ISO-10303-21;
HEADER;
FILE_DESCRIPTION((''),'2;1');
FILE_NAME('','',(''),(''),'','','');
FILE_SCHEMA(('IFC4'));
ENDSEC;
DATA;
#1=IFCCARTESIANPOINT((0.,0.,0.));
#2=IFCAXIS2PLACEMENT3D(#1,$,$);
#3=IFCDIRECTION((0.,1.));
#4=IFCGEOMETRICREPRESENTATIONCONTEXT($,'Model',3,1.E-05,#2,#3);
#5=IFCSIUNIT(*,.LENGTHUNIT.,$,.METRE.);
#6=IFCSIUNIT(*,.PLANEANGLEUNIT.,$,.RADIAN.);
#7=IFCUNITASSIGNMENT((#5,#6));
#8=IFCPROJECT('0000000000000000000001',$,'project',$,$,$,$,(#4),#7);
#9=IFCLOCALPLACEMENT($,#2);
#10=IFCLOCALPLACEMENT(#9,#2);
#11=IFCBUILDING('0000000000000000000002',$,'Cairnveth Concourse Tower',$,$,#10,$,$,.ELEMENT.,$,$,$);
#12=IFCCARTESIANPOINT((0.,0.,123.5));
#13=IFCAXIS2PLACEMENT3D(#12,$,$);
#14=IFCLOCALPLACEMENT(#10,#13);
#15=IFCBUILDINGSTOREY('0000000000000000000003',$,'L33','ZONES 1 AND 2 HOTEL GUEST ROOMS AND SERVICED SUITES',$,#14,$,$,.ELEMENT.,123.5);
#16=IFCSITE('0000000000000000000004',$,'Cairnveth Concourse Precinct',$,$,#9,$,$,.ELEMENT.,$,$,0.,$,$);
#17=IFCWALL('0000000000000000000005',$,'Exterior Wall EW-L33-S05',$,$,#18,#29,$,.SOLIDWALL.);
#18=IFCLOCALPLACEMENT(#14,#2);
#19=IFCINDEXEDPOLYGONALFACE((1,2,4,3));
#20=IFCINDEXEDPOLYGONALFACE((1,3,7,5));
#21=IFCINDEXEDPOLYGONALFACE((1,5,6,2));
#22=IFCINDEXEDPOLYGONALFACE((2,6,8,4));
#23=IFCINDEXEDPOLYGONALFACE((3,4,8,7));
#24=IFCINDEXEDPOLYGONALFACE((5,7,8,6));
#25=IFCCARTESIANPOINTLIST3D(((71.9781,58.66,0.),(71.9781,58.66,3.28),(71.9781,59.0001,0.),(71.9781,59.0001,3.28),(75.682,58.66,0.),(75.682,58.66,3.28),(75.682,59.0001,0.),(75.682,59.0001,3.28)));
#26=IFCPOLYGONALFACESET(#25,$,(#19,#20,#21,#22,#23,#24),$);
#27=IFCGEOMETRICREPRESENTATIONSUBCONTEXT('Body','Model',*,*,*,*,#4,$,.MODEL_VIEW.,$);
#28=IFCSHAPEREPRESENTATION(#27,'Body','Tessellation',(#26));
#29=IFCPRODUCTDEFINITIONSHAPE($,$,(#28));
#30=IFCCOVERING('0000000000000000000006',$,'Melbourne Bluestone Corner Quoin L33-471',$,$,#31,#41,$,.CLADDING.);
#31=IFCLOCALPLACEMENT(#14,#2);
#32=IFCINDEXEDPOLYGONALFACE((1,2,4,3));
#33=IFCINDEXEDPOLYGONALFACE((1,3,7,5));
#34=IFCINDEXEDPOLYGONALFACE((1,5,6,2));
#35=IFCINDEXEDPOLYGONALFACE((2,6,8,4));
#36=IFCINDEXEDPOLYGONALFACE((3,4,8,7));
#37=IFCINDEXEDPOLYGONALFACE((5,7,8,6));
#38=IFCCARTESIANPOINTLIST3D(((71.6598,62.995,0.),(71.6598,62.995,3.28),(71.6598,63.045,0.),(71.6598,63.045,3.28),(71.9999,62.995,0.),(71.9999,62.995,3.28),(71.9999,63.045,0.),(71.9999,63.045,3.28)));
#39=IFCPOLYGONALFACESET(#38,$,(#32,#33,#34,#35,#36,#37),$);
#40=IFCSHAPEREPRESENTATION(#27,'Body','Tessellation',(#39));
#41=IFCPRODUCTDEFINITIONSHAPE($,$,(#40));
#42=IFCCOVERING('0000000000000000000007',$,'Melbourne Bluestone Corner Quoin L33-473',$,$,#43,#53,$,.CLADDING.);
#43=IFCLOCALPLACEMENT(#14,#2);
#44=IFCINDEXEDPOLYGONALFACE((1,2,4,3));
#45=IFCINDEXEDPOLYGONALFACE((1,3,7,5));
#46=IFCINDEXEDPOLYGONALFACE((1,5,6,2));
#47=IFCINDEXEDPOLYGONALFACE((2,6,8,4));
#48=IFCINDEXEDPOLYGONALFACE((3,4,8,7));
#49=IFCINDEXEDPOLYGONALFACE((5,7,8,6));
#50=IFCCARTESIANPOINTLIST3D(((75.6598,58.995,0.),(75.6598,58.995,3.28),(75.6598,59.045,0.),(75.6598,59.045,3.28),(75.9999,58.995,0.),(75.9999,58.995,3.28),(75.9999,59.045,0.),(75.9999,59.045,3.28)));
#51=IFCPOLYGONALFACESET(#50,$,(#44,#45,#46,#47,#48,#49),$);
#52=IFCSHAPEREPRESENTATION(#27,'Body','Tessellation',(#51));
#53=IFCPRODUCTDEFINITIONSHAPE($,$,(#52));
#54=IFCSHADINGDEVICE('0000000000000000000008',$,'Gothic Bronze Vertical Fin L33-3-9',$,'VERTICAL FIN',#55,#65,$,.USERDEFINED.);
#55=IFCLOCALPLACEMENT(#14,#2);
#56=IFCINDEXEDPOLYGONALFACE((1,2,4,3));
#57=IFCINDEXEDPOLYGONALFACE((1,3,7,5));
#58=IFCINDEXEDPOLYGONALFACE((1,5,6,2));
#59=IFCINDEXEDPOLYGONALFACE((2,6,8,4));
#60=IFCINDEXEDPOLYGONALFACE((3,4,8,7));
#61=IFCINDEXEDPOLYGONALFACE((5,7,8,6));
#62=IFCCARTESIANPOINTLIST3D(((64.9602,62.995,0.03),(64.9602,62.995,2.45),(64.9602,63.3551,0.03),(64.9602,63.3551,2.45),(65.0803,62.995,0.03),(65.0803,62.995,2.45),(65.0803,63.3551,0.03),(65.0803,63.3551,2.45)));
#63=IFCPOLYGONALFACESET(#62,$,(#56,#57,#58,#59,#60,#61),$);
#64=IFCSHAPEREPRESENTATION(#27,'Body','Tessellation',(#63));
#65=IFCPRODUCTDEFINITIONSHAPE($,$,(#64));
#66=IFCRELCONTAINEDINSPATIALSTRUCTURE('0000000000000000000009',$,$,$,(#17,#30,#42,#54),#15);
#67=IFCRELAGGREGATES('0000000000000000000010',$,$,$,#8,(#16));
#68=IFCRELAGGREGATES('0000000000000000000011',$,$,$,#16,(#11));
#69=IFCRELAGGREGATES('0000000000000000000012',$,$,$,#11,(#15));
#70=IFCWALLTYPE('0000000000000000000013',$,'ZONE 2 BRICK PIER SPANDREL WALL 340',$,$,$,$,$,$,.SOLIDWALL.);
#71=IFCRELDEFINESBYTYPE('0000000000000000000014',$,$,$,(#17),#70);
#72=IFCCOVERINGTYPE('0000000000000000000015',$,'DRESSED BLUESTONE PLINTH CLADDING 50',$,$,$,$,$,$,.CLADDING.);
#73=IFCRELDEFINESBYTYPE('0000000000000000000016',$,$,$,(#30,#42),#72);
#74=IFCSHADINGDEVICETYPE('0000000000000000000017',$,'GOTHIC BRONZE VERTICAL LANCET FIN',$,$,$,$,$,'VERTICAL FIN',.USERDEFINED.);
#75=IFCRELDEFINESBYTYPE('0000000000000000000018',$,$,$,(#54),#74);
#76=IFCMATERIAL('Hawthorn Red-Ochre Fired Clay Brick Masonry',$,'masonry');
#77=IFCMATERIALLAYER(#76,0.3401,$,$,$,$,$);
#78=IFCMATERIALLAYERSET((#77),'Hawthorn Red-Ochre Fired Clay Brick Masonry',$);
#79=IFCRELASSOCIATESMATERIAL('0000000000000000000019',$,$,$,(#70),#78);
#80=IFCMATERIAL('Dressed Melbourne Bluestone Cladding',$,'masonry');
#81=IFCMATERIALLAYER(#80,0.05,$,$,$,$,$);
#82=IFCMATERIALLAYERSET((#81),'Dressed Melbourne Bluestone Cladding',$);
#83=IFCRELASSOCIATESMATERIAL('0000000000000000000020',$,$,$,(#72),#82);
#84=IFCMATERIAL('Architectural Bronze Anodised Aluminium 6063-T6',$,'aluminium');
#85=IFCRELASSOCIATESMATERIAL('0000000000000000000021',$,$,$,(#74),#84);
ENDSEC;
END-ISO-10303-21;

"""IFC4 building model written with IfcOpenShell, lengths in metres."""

from ifc_helpers import new_model, si_unit, direction, frame, frame_2d, origin, origin_2d, place, context, subcontext, project, spatial, rectangle, extrude, material, layer, layer_set, type_object, element, save


model = new_model("IFC4")

# Units and contexts
model_context = context("Model", 3, precision=1e-05, world=origin(), true_north=direction((0.0, 1.0)))
body_context = subcontext(model_context, "Body", "Model", "MODEL_VIEW")
ifc_project = project(units=[si_unit("LENGTHUNIT", "METRE"), si_unit("PLANEANGLEUNIT", "RADIAN")], contexts=[model_context])

# Site, building, storey
site_placement = place(None, origin())
site = spatial("IfcSite", under=ifc_project, at=site_placement, Name="Cairnveth Concourse Precinct", CompositionType="ELEMENT", RefElevation=0.0)
building_placement = place(site_placement, origin())
building = spatial("IfcBuilding", under=site, at=building_placement, Name="Cairnveth Concourse Tower", CompositionType="ELEMENT")
storey_placement = place(building_placement, frame((0.0, 0.0, 123.5)))
storey = spatial("IfcBuildingStorey", under=building, at=storey_placement, Name="L33", Description="ZONES 1 AND 2 HOTEL GUEST ROOMS AND SERVICED SUITES", CompositionType="ELEMENT", Elevation=123.5)

# Wall
ifc_material_1 = material(Name="Hawthorn Red-Ochre Fired Clay Brick Masonry", Category="masonry")
ifc_layer_1 = layer(ifc_material_1, 0.3401)
ifc_layer_set_1 = layer_set([ifc_layer_1], Name="Hawthorn Red-Ochre Fired Clay Brick Masonry")
wall_type = type_object("IfcWallType", Name="ZONE 2 BRICK PIER SPANDREL WALL 340", PredefinedType="SOLIDWALL", material=ifc_layer_set_1)
wall_1_placement = place(storey_placement, frame((71.978, 58.8301, 0.0), z_axis=(0.0, 0.0, 1.0), x_axis=(1.0, 0.0, 0.0)))
element("IfcWall", 1, at=wall_1_placement, inside=storey, type_object=wall_type, Name="Exterior Wall EW-L33-S05", PredefinedType="SOLIDWALL", context=body_context, shape_type="SweptSolid", body=[
    extrude(rectangle(XDim=3.7039, YDim=0.3401, at=frame_2d((1.8521, 0.0))), origin(), (0.0, 0.0, 1.0), 3.28),
])

# Coverings
ifc_material_2 = material(Name="Dressed Melbourne Bluestone Cladding", Category="masonry")
ifc_layer_2 = layer(ifc_material_2, 0.05)
ifc_layer_set_2 = layer_set([ifc_layer_2], Name="Dressed Melbourne Bluestone Cladding")
covering_type = type_object("IfcCoveringType", Name="DRESSED BLUESTONE PLINTH CLADDING 50", PredefinedType="CLADDING", material=ifc_layer_set_2)
for number, where, z_axis, x_axis, name in (
    (2, (71.6599, 63.02, 0.0), (0.0, 0.0, 1.0), (1.0, 0.0, 0.0), "Melbourne Bluestone Corner Quoin L33-471"),
    (3, (75.6599, 59.02, 0.0), (0.0, 0.0, 1.0), (1.0, 0.0, 0.0), "Melbourne Bluestone Corner Quoin L33-473"),
):
    element("IfcCovering", number, at=place(storey_placement, frame(where, z_axis=z_axis, x_axis=x_axis)), inside=storey, type_object=covering_type, Name=name, PredefinedType="CLADDING", context=body_context, shape_type="SweptSolid", body=[
        extrude(rectangle(XDim=0.3401, YDim=0.05, at=frame_2d((0.1699, 0.0))), origin(), (0.0, 0.0, 1.0), 3.28),
    ])

# Shading device
ifc_material_3 = material(Name="Architectural Bronze Anodised Aluminium 6063-T6", Category="aluminium")
shading_device_type = type_object("IfcShadingDeviceType", Name="GOTHIC BRONZE VERTICAL LANCET FIN", ElementType="VERTICAL FIN", PredefinedType="USERDEFINED", material=ifc_material_3)
shading_device_placement = place(storey_placement, frame((65.0203, 63.175, 0.03), z_axis=(0.0, 0.0, 1.0), x_axis=(1.0, 0.0, 0.0)))
element("IfcShadingDevice", 4, at=shading_device_placement, inside=storey, type_object=shading_device_type, Name="Gothic Bronze Vertical Fin L33-3-9", ObjectType="VERTICAL FIN", PredefinedType="USERDEFINED", context=body_context, shape_type="SweptSolid", body=[
    extrude(rectangle(XDim=0.1201, YDim=0.3601, at=origin_2d()), origin(), (0.0, 0.0, 1.0), 2.4199),
])

save(model, "model.ifc")
